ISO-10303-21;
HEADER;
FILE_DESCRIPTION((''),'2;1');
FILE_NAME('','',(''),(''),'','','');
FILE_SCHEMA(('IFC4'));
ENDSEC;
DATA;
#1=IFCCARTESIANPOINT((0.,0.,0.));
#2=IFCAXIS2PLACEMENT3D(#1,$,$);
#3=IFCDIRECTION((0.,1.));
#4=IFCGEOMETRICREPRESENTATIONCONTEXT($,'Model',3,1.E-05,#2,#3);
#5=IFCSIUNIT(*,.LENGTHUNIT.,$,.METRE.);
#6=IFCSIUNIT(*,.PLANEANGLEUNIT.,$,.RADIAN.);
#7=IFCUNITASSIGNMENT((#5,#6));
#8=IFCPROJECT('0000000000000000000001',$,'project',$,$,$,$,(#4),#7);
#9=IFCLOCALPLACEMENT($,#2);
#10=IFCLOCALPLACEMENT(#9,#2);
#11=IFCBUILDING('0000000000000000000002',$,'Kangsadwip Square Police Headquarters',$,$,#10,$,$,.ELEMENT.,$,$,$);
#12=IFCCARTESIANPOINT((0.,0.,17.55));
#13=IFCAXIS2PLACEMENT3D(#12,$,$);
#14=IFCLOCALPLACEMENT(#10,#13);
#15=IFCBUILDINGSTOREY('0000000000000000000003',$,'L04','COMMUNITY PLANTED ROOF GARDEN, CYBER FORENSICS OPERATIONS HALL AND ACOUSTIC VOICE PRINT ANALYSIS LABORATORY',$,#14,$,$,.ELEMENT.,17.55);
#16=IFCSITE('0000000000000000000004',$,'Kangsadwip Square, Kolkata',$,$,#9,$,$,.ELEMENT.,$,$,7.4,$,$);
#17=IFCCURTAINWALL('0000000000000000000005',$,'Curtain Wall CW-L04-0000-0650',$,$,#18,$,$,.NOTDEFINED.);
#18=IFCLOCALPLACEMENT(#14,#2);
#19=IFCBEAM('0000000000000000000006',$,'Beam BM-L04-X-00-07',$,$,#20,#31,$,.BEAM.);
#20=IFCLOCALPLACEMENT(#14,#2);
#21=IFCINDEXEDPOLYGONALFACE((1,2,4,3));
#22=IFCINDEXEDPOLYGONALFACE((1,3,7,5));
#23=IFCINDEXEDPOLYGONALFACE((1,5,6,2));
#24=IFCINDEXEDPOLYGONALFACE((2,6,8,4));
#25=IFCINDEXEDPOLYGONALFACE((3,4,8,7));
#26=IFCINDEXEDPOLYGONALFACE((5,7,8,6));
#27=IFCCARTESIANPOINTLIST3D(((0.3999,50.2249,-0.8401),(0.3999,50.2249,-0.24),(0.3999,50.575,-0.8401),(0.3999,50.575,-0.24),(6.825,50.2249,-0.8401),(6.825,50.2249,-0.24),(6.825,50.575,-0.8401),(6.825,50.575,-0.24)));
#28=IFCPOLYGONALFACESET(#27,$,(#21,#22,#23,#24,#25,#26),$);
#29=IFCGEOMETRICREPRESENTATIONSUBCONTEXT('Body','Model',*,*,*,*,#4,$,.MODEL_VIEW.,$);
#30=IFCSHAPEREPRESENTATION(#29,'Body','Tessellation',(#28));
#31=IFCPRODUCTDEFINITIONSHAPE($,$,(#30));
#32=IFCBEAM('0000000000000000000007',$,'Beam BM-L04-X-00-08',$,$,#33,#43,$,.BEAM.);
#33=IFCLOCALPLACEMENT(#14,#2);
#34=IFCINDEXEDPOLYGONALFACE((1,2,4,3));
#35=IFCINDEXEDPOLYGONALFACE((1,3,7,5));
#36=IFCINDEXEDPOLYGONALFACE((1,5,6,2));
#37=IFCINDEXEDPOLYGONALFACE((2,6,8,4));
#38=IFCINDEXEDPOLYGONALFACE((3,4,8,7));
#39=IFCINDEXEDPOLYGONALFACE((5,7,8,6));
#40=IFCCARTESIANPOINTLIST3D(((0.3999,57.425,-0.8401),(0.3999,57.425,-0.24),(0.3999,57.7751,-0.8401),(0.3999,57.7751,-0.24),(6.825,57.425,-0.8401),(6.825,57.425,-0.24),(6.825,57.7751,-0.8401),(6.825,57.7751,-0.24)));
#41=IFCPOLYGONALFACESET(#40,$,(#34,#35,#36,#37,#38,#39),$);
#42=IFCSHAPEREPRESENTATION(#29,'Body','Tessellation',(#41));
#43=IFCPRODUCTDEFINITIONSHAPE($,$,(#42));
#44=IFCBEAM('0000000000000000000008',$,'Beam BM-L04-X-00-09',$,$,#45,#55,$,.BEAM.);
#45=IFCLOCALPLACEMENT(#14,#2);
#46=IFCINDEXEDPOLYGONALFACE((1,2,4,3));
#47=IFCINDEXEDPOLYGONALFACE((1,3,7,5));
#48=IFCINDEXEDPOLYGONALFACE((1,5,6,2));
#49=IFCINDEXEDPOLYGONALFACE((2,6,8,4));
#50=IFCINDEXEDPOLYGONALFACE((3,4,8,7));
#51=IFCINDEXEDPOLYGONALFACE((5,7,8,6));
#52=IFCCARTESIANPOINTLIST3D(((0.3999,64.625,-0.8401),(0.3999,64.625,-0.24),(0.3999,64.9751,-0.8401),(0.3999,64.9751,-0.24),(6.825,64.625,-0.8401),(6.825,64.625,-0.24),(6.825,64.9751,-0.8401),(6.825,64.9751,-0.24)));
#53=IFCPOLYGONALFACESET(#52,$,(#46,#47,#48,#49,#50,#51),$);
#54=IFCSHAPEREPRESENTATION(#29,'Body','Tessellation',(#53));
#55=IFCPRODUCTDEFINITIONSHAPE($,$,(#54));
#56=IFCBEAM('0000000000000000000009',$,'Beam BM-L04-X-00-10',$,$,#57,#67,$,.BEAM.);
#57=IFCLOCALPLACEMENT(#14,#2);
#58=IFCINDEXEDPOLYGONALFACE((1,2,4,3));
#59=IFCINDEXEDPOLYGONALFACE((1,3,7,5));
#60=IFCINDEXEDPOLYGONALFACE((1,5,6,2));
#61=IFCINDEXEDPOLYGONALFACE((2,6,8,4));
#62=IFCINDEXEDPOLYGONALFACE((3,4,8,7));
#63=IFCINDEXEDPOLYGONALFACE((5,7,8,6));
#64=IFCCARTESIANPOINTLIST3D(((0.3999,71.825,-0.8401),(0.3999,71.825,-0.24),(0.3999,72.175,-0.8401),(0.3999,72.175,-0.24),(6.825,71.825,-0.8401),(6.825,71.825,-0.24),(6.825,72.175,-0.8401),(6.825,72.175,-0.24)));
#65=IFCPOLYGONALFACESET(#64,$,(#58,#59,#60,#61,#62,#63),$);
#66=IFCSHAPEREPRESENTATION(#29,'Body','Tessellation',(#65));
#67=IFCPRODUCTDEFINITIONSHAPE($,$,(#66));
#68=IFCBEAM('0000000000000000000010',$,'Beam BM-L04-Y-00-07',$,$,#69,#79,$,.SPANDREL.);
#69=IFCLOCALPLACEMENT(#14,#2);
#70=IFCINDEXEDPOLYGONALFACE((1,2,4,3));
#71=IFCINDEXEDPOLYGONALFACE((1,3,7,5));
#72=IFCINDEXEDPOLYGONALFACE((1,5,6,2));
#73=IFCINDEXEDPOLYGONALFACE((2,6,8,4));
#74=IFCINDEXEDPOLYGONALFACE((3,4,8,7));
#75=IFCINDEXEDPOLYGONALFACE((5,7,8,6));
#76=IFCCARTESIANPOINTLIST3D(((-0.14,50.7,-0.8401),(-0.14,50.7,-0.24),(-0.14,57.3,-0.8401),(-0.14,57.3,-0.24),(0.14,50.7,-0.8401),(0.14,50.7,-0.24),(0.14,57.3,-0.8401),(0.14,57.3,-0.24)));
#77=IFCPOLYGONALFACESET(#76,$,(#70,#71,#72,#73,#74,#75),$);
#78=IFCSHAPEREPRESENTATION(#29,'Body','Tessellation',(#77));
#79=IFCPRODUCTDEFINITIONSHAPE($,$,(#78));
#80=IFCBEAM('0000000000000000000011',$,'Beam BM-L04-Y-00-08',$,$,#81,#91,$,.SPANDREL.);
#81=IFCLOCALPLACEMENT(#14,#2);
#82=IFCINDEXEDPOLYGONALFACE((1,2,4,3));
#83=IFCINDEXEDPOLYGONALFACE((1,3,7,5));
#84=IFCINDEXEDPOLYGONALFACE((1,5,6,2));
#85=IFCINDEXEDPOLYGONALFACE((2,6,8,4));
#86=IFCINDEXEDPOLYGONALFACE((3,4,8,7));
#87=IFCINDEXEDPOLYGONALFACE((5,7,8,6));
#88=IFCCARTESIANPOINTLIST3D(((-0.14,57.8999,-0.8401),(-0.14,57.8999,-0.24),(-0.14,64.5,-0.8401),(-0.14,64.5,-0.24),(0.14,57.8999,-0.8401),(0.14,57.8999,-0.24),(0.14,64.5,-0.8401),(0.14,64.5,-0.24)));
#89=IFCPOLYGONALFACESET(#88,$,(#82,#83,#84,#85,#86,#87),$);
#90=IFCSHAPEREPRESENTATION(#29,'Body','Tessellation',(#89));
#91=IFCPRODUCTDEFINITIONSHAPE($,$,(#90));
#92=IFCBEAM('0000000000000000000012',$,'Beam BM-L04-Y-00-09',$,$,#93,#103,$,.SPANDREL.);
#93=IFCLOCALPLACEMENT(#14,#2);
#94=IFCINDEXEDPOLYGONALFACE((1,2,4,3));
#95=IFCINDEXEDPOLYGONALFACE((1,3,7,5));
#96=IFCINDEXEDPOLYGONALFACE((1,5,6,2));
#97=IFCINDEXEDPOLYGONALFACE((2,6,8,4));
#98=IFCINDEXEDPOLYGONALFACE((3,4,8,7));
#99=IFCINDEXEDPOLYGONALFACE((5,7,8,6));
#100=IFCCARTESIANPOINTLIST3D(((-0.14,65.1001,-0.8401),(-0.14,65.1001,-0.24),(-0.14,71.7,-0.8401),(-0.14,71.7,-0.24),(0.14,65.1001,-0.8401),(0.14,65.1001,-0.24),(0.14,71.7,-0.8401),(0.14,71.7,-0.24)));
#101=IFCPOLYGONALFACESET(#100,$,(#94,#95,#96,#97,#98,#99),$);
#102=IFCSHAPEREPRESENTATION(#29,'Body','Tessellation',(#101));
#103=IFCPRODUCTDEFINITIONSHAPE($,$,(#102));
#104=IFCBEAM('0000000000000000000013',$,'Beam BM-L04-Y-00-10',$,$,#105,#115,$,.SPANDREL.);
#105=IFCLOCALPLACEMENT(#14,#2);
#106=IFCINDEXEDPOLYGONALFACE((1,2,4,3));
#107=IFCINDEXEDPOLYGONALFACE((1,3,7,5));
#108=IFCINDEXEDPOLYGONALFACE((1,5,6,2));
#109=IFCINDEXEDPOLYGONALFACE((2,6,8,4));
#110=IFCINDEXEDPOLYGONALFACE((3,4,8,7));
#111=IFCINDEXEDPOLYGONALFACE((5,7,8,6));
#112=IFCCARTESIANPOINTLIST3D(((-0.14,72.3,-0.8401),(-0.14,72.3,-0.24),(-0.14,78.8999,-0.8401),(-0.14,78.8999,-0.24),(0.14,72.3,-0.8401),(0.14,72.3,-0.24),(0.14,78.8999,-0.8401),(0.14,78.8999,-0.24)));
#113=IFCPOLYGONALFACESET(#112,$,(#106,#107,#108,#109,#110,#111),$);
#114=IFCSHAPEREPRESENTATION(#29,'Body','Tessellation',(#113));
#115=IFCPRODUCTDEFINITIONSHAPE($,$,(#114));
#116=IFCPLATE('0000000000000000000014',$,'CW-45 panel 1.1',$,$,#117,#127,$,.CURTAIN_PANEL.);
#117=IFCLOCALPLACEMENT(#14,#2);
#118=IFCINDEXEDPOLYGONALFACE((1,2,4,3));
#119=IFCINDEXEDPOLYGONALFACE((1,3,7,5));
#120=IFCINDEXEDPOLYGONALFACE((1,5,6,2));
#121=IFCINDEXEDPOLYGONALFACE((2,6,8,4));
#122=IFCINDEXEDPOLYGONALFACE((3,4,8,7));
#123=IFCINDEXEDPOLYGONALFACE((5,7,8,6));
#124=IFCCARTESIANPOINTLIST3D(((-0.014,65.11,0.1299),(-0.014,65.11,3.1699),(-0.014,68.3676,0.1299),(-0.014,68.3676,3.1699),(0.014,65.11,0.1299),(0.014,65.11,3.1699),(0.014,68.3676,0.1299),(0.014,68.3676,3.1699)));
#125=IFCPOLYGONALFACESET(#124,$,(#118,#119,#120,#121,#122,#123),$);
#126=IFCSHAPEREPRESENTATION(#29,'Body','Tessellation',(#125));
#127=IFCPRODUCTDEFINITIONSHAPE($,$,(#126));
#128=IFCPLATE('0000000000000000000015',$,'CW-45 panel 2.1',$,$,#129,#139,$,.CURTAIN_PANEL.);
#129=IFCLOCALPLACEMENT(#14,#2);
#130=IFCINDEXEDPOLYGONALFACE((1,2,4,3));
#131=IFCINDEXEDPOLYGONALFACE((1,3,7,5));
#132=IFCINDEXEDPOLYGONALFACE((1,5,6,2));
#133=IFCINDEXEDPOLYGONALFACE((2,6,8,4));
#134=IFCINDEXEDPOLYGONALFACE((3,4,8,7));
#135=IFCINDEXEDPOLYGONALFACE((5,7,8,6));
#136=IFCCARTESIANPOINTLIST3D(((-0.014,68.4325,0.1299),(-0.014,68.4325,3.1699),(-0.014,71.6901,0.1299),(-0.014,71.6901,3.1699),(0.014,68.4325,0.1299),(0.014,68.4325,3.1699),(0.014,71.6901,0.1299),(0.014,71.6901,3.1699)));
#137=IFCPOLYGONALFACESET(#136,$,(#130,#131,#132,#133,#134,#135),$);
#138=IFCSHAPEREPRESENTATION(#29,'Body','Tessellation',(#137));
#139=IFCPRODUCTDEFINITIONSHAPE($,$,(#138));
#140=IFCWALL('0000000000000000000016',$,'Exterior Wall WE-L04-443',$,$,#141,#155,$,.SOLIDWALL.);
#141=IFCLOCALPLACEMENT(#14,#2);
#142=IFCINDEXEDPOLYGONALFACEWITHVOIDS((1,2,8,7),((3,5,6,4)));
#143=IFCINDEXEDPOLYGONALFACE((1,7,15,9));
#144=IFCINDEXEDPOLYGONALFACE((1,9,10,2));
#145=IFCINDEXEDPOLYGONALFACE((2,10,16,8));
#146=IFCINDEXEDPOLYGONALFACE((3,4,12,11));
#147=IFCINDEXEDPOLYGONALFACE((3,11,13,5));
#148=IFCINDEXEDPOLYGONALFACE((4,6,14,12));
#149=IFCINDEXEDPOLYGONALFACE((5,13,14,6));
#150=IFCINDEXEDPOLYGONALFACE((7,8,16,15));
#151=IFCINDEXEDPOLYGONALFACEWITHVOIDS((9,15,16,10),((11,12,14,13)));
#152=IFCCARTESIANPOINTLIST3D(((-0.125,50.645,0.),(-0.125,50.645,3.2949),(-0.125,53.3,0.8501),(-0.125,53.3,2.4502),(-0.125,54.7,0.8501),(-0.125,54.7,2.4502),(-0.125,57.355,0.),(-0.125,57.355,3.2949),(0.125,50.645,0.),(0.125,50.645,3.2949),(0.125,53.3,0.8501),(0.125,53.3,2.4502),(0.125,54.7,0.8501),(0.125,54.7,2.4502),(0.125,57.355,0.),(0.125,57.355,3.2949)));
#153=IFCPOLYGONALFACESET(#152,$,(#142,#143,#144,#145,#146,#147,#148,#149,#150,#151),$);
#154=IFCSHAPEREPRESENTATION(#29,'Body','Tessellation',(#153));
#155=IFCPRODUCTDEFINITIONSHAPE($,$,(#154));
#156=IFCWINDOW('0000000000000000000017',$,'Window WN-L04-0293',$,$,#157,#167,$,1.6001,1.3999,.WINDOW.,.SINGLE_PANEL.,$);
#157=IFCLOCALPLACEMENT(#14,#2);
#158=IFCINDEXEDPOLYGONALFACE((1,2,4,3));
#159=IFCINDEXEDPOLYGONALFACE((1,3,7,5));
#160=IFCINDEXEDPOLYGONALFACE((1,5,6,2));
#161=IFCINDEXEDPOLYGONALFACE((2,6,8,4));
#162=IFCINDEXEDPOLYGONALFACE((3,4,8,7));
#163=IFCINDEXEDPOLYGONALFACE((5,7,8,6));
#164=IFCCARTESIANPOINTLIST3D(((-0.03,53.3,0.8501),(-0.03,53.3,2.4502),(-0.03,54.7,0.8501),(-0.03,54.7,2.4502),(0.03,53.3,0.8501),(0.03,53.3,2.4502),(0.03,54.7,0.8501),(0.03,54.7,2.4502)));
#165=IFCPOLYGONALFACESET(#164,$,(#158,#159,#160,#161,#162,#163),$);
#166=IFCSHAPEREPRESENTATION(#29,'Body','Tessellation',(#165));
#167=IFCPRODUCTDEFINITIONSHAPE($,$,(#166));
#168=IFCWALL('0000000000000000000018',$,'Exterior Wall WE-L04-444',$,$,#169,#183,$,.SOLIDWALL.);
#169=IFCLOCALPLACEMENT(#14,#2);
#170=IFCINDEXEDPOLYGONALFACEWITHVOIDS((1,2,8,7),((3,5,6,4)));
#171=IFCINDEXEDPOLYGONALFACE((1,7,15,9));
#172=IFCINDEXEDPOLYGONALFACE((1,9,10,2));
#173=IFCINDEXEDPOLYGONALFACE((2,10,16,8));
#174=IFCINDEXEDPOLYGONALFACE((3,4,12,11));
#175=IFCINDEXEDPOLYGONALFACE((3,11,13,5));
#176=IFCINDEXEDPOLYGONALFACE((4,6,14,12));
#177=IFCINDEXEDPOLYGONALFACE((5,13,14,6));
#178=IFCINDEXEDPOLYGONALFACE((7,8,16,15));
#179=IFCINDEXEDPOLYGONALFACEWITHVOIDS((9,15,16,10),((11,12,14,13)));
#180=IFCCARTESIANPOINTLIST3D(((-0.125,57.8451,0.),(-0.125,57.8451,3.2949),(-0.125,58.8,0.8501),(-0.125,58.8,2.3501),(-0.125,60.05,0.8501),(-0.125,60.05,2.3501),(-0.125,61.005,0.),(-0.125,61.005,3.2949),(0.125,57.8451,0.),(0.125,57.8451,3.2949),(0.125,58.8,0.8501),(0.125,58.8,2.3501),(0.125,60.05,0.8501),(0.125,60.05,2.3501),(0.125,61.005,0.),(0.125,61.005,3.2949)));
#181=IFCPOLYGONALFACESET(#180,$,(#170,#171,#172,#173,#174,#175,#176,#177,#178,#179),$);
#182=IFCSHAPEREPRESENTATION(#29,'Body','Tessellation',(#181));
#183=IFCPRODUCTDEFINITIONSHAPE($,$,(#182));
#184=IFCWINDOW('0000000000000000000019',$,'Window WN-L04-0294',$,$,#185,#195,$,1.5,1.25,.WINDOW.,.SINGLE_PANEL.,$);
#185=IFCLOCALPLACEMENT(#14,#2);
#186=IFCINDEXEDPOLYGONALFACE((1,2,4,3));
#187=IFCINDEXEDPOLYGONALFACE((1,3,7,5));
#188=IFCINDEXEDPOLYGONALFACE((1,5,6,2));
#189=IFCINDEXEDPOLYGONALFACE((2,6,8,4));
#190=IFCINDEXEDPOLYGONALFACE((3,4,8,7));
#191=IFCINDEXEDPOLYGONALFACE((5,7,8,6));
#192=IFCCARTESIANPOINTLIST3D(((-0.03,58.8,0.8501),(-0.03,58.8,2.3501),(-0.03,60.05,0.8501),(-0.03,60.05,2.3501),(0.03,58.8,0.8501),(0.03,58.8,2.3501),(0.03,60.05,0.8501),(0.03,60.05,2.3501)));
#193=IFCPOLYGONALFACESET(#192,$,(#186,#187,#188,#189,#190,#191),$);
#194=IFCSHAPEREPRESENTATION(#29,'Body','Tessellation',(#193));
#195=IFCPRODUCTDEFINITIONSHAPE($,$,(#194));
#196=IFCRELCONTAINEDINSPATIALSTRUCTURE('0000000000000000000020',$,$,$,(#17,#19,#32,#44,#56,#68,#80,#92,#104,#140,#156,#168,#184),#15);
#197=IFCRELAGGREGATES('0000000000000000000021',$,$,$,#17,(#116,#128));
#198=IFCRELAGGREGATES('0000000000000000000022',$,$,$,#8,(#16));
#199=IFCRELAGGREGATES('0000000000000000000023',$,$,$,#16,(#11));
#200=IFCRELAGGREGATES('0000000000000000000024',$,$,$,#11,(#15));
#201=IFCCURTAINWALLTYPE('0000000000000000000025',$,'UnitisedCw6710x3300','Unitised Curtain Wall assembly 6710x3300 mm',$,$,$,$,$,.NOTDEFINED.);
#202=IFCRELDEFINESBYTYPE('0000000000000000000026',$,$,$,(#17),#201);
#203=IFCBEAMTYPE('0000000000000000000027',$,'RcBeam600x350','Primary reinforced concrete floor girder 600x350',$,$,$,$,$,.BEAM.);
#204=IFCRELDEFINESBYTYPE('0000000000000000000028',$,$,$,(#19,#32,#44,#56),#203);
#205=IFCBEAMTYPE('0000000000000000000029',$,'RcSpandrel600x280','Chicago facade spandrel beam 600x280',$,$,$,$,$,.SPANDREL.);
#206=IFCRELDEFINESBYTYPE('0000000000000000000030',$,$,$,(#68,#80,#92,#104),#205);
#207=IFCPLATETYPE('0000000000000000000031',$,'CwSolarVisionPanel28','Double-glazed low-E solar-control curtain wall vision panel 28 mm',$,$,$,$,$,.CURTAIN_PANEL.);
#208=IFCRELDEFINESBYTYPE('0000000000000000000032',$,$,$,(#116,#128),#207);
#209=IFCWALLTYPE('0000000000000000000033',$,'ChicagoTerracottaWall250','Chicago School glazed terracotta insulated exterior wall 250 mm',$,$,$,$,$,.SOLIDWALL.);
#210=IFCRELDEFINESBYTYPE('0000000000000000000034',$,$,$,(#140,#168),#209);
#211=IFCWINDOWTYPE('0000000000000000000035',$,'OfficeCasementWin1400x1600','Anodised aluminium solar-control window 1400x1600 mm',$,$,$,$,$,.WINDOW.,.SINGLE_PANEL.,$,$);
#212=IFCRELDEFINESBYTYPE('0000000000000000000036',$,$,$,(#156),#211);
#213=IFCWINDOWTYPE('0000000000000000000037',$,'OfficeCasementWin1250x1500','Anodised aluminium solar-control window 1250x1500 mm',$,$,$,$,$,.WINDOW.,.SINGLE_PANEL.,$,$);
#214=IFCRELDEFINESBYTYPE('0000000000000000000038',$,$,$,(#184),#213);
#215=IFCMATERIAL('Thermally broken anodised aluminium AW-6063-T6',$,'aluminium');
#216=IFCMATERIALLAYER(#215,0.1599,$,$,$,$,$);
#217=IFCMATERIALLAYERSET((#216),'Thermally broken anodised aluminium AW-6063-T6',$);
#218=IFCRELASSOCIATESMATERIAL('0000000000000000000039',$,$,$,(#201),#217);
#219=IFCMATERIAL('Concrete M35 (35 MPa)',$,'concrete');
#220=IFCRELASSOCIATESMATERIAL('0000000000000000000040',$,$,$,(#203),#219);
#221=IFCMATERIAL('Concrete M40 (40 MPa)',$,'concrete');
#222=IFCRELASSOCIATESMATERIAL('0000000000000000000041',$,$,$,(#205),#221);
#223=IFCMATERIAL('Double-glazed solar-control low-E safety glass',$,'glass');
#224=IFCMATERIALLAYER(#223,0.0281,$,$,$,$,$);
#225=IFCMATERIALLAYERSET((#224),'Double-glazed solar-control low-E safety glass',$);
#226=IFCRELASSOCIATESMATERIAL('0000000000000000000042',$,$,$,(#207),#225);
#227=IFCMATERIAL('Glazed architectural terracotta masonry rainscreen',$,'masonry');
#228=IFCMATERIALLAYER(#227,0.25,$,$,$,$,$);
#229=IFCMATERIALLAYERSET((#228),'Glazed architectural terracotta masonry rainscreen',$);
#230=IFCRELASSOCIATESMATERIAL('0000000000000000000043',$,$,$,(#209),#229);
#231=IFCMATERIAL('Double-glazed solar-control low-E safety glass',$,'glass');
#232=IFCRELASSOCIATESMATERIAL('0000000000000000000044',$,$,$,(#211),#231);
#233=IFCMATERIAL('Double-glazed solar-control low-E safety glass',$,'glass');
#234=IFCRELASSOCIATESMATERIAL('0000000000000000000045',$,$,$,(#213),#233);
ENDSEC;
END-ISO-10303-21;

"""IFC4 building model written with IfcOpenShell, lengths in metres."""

from ifc_helpers import new_model, si_unit, direction, frame, frame_2d, origin, origin_2d, place, context, subcontext, project, spatial, rectangle, extrude, material, layer, layer_set, material_profile, profile_set, type_object, element, fill, aggregate, save


model = new_model("IFC4")

# Units and contexts
model_context = context("Model", 3, precision=1e-05, world=origin(), true_north=direction((0.0, 1.0)))
body_context = subcontext(model_context, "Body", "Model", "MODEL_VIEW")
ifc_project = project(units=[si_unit("LENGTHUNIT", "METRE"), si_unit("PLANEANGLEUNIT", "RADIAN")], contexts=[model_context])

# Site, building, storey
site_placement = place(None, origin())
site = spatial("IfcSite", under=ifc_project, at=site_placement, Name="Kangsadwip Square, Kolkata", CompositionType="ELEMENT", RefElevation=7.4)
building_placement = place(site_placement, origin())
building = spatial("IfcBuilding", under=site, at=building_placement, Name="Kangsadwip Square Police Headquarters", CompositionType="ELEMENT")
storey_placement = place(building_placement, frame((0.0, 0.0, 17.55)))
storey = spatial("IfcBuildingStorey", under=building, at=storey_placement, Name="L04", Description="COMMUNITY PLANTED ROOF GARDEN, CYBER FORENSICS OPERATIONS HALL AND ACOUSTIC VOICE PRINT ANALYSIS LABORATORY", CompositionType="ELEMENT", Elevation=17.55)

# Curtain wall
ifc_material_1 = material(Name="Thermally broken anodised aluminium AW-6063-T6", Category="aluminium")
ifc_layer_1 = layer(ifc_material_1, 0.1599)
ifc_layer_set_1 = layer_set([ifc_layer_1], Name="Thermally broken anodised aluminium AW-6063-T6")
curtain_wall_type = type_object("IfcCurtainWallType", Name="UnitisedCw6710x3300", Description="Unitised Curtain Wall assembly 6710x3300 mm", PredefinedType="NOTDEFINED", material=ifc_layer_set_1)
curtain_wall_placement = place(storey_placement, origin())
curtain_wall = element("IfcCurtainWall", 1, at=curtain_wall_placement, inside=storey, type_object=curtain_wall_type, Name="Curtain Wall CW-L04-0000-0650", PredefinedType="NOTDEFINED")

# Beams
ifc_material_2 = material(Name="Concrete M35 (35 MPa)", Category="concrete")
ifc_material_profile_1 = material_profile(ifc_material_2, rectangle(XDim=0.3501, YDim=0.6001, at=origin_2d()), Name="RC BM 600X350")
ifc_profile_set_1 = profile_set([ifc_material_profile_1], Name="Concrete M35 (35 MPa)")
beam_type_1 = type_object("IfcBeamType", Name="RcBeam600x350", Description="Primary reinforced concrete floor girder 600x350", PredefinedType="BEAM", material=ifc_profile_set_1)
for number, where, z_axis, x_axis, name in (
    (2, (0.3999, 50.3999, -0.54), (1.0, 0.0, 0.0), (0.0, 1.0, 0.0), "Beam BM-L04-X-00-07"),
    (3, (0.3999, 57.6001, -0.54), (1.0, 0.0, 0.0), (0.0, 1.0, 0.0), "Beam BM-L04-X-00-08"),
    (4, (0.3999, 64.8, -0.54), (1.0, 0.0, 0.0), (0.0, 1.0, 0.0), "Beam BM-L04-X-00-09"),
    (5, (0.3999, 72.0, -0.54), (1.0, 0.0, 0.0), (0.0, 1.0, 0.0), "Beam BM-L04-X-00-10"),
):
    element("IfcBeam", number, at=place(storey_placement, frame(where, z_axis=z_axis, x_axis=x_axis)), inside=storey, type_object=beam_type_1, Name=name, PredefinedType="BEAM", context=body_context, shape_type="SweptSolid", body=[
        extrude(rectangle(XDim=0.3501, YDim=0.6001, at=origin_2d()), origin(), (0.0, 0.0, 1.0), 6.425),
    ])
ifc_material_3 = material(Name="Concrete M40 (40 MPa)", Category="concrete")
ifc_material_profile_2 = material_profile(ifc_material_3, rectangle(XDim=0.28, YDim=0.6001, at=origin_2d()), Name="RC SPN 600X280")
ifc_profile_set_2 = profile_set([ifc_material_profile_2], Name="Concrete M40 (40 MPa)")
beam_type_2 = type_object("IfcBeamType", Name="RcSpandrel600x280", Description="Chicago facade spandrel beam 600x280", PredefinedType="SPANDREL", material=ifc_profile_set_2)
for number, where, z_axis, x_axis, name in (
    (6, (0.0, 50.7, -0.54), (0.0, 1.0, 0.0), (-1.0, 0.0, 0.0), "Beam BM-L04-Y-00-07"),
    (7, (0.0, 57.8999, -0.54), (0.0, 1.0, 0.0), (-1.0, 0.0, 0.0), "Beam BM-L04-Y-00-08"),
):
    element("IfcBeam", number, at=place(storey_placement, frame(where, z_axis=z_axis, x_axis=x_axis)), inside=storey, type_object=beam_type_2, Name=name, PredefinedType="SPANDREL", context=body_context, shape_type="SweptSolid", body=[
        extrude(rectangle(XDim=0.28, YDim=0.6001, at=origin_2d()), origin(), (0.0, 0.0, 1.0), 6.6001),
    ])
for number, where, z_axis, x_axis, name in (
    (8, (0.0, 65.1001, -0.54), (0.0, 1.0, 0.0), (-1.0, 0.0, 0.0), "Beam BM-L04-Y-00-09"),
    (9, (0.0, 72.3, -0.54), (0.0, 1.0, 0.0), (-1.0, 0.0, 0.0), "Beam BM-L04-Y-00-10"),
):
    element("IfcBeam", number, at=place(storey_placement, frame(where, z_axis=z_axis, x_axis=x_axis)), inside=storey, type_object=beam_type_2, Name=name, PredefinedType="SPANDREL", context=body_context, shape_type="SweptSolid", body=[
        extrude(rectangle(XDim=0.28, YDim=0.6001, at=origin_2d()), origin(), (0.0, 0.0, 1.0), 6.5999),
    ])

# Plates
ifc_material_4 = material(Name="Double-glazed solar-control low-E safety glass", Category="glass")
ifc_layer_2 = layer(ifc_material_4, 0.0281)
ifc_layer_set_2 = layer_set([ifc_layer_2], Name="Double-glazed solar-control low-E safety glass")
plate_type = type_object("IfcPlateType", Name="CwSolarVisionPanel28", Description="Double-glazed low-E solar-control curtain wall vision panel 28 mm", PredefinedType="CURTAIN_PANEL", material=ifc_layer_set_2)
plate_1_placement = place(storey_placement, frame((0.0, 66.7388, 0.1299), z_axis=(0.0, 0.0, 1.0), x_axis=(0.0, 1.0, 0.0)))
plate_1 = element("IfcPlate", 10, at=plate_1_placement, type_object=plate_type, Name="CW-45 panel 1.1", PredefinedType="CURTAIN_PANEL", context=body_context, shape_type="SweptSolid", body=[
    extrude(rectangle(XDim=3.2576, YDim=0.0281, at=origin_2d()), origin(), (0.0, 0.0, 1.0), 3.04),
])
plate_2_placement = place(storey_placement, frame((0.0, 70.0613, 0.1299), z_axis=(0.0, 0.0, 1.0), x_axis=(0.0, 1.0, 0.0)))
plate_2 = element("IfcPlate", 11, at=plate_2_placement, type_object=plate_type, Name="CW-45 panel 2.1", PredefinedType="CURTAIN_PANEL", context=body_context, shape_type="SweptSolid", body=[
    extrude(rectangle(XDim=3.2576, YDim=0.0281, at=origin_2d()), origin(), (0.0, 0.0, 1.0), 3.04),
])
aggregate(curtain_wall, [plate_1, plate_2])

# Walls, openings, windows
ifc_material_5 = material(Name="Glazed architectural terracotta masonry rainscreen", Category="masonry")
ifc_layer_3 = layer(ifc_material_5, 0.25)
ifc_layer_set_3 = layer_set([ifc_layer_3], Name="Glazed architectural terracotta masonry rainscreen")
wall_type_1 = type_object("IfcWallType", Name="ChicagoTerracottaWall250", Description="Chicago School glazed terracotta insulated exterior wall 250 mm", PredefinedType="SOLIDWALL", material=ifc_layer_set_3)
wall_1_placement = place(storey_placement, frame((0.0, 50.645, 0.0), z_axis=(0.0, 0.0, 1.0), x_axis=(0.0, 1.0, 0.0)))
wall_1 = element("IfcWall", 12, at=wall_1_placement, inside=storey, type_object=wall_type_1, Name="Exterior Wall WE-L04-443", PredefinedType="SOLIDWALL", context=body_context, shape_type="SweptSolid", body=[
    extrude(rectangle(XDim=6.71, YDim=0.25, at=frame_2d((3.355, 0.0))), origin(), (0.0, 0.0, 1.0), 3.2949),
])
opening_1_placement = place(wall_1_placement, frame((2.655, 0.0, 0.8501)))
opening_1 = element("IfcOpeningElement", 13, at=opening_1_placement, cuts=wall_1, PredefinedType="OPENING", context=body_context, shape_type="SweptSolid", body=[
    extrude(rectangle(XDim=1.3999, YDim=1.6001, at=frame_2d((0.7, 0.8))), frame((0.0, 0.135, 0.0), z_axis=(0.0, -1.0, 0.0), x_axis=(1.0, 0.0, 0.0)), (0.0, 0.0, 1.0), 0.27),
])
ifc_material_6 = material(Name="Double-glazed solar-control low-E safety glass", Category="glass")
window_type_1 = type_object("IfcWindowType", Name="OfficeCasementWin1400x1600", Description="Anodised aluminium solar-control window 1400x1600 mm", PartitioningType="SINGLE_PANEL", PredefinedType="WINDOW", material=ifc_material_6)
window_1_placement = place(opening_1_placement, origin())
window_1 = element("IfcWindow", 14, at=window_1_placement, inside=storey, type_object=window_type_1, Name="Window WN-L04-0293", OverallHeight=1.6001, OverallWidth=1.3999, PartitioningType="SINGLE_PANEL", PredefinedType="WINDOW", context=body_context, shape_type="SweptSolid", body=[
    extrude(rectangle(XDim=1.3999, YDim=1.6001, at=frame_2d((0.7, 0.8))), frame((0.0, 0.03, 0.0), z_axis=(0.0, -1.0, 0.0), x_axis=(1.0, 0.0, 0.0)), (0.0, 0.0, 1.0), 0.0601),
])
fill(opening_1, window_1)
wall_2_placement = place(storey_placement, frame((0.0, 57.845, 0.0), z_axis=(0.0, 0.0, 1.0), x_axis=(0.0, 1.0, 0.0)))
wall_2 = element("IfcWall", 15, at=wall_2_placement, inside=storey, type_object=wall_type_1, Name="Exterior Wall WE-L04-444", PredefinedType="SOLIDWALL", context=body_context, shape_type="SweptSolid", body=[
    extrude(rectangle(XDim=3.1599, YDim=0.25, at=frame_2d((1.5801, 0.0))), origin(), (0.0, 0.0, 1.0), 3.2949),
])
opening_2_placement = place(wall_2_placement, frame((0.9551, 0.0, 0.8501)))
opening_2 = element("IfcOpeningElement", 16, at=opening_2_placement, cuts=wall_2, PredefinedType="OPENING", context=body_context, shape_type="SweptSolid", body=[
    extrude(rectangle(XDim=1.25, YDim=1.5, at=frame_2d((0.625, 0.75))), frame((0.0, 0.135, 0.0), z_axis=(0.0, -1.0, 0.0), x_axis=(1.0, 0.0, 0.0)), (0.0, 0.0, 1.0), 0.27),
])
ifc_material_7 = material(Name="Double-glazed solar-control low-E safety glass", Category="glass")
window_type_2 = type_object("IfcWindowType", Name="OfficeCasementWin1250x1500", Description="Anodised aluminium solar-control window 1250x1500 mm", PartitioningType="SINGLE_PANEL", PredefinedType="WINDOW", material=ifc_material_7)
window_2_placement = place(opening_2_placement, origin())
window_2 = element("IfcWindow", 17, at=window_2_placement, inside=storey, type_object=window_type_2, Name="Window WN-L04-0294", OverallHeight=1.5, OverallWidth=1.25, PartitioningType="SINGLE_PANEL", PredefinedType="WINDOW", context=body_context, shape_type="SweptSolid", body=[
    extrude(rectangle(XDim=1.25, YDim=1.5, at=frame_2d((0.625, 0.75))), frame((0.0, 0.03, 0.0), z_axis=(0.0, -1.0, 0.0), x_axis=(1.0, 0.0, 0.0)), (0.0, 0.0, 1.0), 0.0601),
])
fill(opening_2, window_2)

save(model, "model.ifc")
